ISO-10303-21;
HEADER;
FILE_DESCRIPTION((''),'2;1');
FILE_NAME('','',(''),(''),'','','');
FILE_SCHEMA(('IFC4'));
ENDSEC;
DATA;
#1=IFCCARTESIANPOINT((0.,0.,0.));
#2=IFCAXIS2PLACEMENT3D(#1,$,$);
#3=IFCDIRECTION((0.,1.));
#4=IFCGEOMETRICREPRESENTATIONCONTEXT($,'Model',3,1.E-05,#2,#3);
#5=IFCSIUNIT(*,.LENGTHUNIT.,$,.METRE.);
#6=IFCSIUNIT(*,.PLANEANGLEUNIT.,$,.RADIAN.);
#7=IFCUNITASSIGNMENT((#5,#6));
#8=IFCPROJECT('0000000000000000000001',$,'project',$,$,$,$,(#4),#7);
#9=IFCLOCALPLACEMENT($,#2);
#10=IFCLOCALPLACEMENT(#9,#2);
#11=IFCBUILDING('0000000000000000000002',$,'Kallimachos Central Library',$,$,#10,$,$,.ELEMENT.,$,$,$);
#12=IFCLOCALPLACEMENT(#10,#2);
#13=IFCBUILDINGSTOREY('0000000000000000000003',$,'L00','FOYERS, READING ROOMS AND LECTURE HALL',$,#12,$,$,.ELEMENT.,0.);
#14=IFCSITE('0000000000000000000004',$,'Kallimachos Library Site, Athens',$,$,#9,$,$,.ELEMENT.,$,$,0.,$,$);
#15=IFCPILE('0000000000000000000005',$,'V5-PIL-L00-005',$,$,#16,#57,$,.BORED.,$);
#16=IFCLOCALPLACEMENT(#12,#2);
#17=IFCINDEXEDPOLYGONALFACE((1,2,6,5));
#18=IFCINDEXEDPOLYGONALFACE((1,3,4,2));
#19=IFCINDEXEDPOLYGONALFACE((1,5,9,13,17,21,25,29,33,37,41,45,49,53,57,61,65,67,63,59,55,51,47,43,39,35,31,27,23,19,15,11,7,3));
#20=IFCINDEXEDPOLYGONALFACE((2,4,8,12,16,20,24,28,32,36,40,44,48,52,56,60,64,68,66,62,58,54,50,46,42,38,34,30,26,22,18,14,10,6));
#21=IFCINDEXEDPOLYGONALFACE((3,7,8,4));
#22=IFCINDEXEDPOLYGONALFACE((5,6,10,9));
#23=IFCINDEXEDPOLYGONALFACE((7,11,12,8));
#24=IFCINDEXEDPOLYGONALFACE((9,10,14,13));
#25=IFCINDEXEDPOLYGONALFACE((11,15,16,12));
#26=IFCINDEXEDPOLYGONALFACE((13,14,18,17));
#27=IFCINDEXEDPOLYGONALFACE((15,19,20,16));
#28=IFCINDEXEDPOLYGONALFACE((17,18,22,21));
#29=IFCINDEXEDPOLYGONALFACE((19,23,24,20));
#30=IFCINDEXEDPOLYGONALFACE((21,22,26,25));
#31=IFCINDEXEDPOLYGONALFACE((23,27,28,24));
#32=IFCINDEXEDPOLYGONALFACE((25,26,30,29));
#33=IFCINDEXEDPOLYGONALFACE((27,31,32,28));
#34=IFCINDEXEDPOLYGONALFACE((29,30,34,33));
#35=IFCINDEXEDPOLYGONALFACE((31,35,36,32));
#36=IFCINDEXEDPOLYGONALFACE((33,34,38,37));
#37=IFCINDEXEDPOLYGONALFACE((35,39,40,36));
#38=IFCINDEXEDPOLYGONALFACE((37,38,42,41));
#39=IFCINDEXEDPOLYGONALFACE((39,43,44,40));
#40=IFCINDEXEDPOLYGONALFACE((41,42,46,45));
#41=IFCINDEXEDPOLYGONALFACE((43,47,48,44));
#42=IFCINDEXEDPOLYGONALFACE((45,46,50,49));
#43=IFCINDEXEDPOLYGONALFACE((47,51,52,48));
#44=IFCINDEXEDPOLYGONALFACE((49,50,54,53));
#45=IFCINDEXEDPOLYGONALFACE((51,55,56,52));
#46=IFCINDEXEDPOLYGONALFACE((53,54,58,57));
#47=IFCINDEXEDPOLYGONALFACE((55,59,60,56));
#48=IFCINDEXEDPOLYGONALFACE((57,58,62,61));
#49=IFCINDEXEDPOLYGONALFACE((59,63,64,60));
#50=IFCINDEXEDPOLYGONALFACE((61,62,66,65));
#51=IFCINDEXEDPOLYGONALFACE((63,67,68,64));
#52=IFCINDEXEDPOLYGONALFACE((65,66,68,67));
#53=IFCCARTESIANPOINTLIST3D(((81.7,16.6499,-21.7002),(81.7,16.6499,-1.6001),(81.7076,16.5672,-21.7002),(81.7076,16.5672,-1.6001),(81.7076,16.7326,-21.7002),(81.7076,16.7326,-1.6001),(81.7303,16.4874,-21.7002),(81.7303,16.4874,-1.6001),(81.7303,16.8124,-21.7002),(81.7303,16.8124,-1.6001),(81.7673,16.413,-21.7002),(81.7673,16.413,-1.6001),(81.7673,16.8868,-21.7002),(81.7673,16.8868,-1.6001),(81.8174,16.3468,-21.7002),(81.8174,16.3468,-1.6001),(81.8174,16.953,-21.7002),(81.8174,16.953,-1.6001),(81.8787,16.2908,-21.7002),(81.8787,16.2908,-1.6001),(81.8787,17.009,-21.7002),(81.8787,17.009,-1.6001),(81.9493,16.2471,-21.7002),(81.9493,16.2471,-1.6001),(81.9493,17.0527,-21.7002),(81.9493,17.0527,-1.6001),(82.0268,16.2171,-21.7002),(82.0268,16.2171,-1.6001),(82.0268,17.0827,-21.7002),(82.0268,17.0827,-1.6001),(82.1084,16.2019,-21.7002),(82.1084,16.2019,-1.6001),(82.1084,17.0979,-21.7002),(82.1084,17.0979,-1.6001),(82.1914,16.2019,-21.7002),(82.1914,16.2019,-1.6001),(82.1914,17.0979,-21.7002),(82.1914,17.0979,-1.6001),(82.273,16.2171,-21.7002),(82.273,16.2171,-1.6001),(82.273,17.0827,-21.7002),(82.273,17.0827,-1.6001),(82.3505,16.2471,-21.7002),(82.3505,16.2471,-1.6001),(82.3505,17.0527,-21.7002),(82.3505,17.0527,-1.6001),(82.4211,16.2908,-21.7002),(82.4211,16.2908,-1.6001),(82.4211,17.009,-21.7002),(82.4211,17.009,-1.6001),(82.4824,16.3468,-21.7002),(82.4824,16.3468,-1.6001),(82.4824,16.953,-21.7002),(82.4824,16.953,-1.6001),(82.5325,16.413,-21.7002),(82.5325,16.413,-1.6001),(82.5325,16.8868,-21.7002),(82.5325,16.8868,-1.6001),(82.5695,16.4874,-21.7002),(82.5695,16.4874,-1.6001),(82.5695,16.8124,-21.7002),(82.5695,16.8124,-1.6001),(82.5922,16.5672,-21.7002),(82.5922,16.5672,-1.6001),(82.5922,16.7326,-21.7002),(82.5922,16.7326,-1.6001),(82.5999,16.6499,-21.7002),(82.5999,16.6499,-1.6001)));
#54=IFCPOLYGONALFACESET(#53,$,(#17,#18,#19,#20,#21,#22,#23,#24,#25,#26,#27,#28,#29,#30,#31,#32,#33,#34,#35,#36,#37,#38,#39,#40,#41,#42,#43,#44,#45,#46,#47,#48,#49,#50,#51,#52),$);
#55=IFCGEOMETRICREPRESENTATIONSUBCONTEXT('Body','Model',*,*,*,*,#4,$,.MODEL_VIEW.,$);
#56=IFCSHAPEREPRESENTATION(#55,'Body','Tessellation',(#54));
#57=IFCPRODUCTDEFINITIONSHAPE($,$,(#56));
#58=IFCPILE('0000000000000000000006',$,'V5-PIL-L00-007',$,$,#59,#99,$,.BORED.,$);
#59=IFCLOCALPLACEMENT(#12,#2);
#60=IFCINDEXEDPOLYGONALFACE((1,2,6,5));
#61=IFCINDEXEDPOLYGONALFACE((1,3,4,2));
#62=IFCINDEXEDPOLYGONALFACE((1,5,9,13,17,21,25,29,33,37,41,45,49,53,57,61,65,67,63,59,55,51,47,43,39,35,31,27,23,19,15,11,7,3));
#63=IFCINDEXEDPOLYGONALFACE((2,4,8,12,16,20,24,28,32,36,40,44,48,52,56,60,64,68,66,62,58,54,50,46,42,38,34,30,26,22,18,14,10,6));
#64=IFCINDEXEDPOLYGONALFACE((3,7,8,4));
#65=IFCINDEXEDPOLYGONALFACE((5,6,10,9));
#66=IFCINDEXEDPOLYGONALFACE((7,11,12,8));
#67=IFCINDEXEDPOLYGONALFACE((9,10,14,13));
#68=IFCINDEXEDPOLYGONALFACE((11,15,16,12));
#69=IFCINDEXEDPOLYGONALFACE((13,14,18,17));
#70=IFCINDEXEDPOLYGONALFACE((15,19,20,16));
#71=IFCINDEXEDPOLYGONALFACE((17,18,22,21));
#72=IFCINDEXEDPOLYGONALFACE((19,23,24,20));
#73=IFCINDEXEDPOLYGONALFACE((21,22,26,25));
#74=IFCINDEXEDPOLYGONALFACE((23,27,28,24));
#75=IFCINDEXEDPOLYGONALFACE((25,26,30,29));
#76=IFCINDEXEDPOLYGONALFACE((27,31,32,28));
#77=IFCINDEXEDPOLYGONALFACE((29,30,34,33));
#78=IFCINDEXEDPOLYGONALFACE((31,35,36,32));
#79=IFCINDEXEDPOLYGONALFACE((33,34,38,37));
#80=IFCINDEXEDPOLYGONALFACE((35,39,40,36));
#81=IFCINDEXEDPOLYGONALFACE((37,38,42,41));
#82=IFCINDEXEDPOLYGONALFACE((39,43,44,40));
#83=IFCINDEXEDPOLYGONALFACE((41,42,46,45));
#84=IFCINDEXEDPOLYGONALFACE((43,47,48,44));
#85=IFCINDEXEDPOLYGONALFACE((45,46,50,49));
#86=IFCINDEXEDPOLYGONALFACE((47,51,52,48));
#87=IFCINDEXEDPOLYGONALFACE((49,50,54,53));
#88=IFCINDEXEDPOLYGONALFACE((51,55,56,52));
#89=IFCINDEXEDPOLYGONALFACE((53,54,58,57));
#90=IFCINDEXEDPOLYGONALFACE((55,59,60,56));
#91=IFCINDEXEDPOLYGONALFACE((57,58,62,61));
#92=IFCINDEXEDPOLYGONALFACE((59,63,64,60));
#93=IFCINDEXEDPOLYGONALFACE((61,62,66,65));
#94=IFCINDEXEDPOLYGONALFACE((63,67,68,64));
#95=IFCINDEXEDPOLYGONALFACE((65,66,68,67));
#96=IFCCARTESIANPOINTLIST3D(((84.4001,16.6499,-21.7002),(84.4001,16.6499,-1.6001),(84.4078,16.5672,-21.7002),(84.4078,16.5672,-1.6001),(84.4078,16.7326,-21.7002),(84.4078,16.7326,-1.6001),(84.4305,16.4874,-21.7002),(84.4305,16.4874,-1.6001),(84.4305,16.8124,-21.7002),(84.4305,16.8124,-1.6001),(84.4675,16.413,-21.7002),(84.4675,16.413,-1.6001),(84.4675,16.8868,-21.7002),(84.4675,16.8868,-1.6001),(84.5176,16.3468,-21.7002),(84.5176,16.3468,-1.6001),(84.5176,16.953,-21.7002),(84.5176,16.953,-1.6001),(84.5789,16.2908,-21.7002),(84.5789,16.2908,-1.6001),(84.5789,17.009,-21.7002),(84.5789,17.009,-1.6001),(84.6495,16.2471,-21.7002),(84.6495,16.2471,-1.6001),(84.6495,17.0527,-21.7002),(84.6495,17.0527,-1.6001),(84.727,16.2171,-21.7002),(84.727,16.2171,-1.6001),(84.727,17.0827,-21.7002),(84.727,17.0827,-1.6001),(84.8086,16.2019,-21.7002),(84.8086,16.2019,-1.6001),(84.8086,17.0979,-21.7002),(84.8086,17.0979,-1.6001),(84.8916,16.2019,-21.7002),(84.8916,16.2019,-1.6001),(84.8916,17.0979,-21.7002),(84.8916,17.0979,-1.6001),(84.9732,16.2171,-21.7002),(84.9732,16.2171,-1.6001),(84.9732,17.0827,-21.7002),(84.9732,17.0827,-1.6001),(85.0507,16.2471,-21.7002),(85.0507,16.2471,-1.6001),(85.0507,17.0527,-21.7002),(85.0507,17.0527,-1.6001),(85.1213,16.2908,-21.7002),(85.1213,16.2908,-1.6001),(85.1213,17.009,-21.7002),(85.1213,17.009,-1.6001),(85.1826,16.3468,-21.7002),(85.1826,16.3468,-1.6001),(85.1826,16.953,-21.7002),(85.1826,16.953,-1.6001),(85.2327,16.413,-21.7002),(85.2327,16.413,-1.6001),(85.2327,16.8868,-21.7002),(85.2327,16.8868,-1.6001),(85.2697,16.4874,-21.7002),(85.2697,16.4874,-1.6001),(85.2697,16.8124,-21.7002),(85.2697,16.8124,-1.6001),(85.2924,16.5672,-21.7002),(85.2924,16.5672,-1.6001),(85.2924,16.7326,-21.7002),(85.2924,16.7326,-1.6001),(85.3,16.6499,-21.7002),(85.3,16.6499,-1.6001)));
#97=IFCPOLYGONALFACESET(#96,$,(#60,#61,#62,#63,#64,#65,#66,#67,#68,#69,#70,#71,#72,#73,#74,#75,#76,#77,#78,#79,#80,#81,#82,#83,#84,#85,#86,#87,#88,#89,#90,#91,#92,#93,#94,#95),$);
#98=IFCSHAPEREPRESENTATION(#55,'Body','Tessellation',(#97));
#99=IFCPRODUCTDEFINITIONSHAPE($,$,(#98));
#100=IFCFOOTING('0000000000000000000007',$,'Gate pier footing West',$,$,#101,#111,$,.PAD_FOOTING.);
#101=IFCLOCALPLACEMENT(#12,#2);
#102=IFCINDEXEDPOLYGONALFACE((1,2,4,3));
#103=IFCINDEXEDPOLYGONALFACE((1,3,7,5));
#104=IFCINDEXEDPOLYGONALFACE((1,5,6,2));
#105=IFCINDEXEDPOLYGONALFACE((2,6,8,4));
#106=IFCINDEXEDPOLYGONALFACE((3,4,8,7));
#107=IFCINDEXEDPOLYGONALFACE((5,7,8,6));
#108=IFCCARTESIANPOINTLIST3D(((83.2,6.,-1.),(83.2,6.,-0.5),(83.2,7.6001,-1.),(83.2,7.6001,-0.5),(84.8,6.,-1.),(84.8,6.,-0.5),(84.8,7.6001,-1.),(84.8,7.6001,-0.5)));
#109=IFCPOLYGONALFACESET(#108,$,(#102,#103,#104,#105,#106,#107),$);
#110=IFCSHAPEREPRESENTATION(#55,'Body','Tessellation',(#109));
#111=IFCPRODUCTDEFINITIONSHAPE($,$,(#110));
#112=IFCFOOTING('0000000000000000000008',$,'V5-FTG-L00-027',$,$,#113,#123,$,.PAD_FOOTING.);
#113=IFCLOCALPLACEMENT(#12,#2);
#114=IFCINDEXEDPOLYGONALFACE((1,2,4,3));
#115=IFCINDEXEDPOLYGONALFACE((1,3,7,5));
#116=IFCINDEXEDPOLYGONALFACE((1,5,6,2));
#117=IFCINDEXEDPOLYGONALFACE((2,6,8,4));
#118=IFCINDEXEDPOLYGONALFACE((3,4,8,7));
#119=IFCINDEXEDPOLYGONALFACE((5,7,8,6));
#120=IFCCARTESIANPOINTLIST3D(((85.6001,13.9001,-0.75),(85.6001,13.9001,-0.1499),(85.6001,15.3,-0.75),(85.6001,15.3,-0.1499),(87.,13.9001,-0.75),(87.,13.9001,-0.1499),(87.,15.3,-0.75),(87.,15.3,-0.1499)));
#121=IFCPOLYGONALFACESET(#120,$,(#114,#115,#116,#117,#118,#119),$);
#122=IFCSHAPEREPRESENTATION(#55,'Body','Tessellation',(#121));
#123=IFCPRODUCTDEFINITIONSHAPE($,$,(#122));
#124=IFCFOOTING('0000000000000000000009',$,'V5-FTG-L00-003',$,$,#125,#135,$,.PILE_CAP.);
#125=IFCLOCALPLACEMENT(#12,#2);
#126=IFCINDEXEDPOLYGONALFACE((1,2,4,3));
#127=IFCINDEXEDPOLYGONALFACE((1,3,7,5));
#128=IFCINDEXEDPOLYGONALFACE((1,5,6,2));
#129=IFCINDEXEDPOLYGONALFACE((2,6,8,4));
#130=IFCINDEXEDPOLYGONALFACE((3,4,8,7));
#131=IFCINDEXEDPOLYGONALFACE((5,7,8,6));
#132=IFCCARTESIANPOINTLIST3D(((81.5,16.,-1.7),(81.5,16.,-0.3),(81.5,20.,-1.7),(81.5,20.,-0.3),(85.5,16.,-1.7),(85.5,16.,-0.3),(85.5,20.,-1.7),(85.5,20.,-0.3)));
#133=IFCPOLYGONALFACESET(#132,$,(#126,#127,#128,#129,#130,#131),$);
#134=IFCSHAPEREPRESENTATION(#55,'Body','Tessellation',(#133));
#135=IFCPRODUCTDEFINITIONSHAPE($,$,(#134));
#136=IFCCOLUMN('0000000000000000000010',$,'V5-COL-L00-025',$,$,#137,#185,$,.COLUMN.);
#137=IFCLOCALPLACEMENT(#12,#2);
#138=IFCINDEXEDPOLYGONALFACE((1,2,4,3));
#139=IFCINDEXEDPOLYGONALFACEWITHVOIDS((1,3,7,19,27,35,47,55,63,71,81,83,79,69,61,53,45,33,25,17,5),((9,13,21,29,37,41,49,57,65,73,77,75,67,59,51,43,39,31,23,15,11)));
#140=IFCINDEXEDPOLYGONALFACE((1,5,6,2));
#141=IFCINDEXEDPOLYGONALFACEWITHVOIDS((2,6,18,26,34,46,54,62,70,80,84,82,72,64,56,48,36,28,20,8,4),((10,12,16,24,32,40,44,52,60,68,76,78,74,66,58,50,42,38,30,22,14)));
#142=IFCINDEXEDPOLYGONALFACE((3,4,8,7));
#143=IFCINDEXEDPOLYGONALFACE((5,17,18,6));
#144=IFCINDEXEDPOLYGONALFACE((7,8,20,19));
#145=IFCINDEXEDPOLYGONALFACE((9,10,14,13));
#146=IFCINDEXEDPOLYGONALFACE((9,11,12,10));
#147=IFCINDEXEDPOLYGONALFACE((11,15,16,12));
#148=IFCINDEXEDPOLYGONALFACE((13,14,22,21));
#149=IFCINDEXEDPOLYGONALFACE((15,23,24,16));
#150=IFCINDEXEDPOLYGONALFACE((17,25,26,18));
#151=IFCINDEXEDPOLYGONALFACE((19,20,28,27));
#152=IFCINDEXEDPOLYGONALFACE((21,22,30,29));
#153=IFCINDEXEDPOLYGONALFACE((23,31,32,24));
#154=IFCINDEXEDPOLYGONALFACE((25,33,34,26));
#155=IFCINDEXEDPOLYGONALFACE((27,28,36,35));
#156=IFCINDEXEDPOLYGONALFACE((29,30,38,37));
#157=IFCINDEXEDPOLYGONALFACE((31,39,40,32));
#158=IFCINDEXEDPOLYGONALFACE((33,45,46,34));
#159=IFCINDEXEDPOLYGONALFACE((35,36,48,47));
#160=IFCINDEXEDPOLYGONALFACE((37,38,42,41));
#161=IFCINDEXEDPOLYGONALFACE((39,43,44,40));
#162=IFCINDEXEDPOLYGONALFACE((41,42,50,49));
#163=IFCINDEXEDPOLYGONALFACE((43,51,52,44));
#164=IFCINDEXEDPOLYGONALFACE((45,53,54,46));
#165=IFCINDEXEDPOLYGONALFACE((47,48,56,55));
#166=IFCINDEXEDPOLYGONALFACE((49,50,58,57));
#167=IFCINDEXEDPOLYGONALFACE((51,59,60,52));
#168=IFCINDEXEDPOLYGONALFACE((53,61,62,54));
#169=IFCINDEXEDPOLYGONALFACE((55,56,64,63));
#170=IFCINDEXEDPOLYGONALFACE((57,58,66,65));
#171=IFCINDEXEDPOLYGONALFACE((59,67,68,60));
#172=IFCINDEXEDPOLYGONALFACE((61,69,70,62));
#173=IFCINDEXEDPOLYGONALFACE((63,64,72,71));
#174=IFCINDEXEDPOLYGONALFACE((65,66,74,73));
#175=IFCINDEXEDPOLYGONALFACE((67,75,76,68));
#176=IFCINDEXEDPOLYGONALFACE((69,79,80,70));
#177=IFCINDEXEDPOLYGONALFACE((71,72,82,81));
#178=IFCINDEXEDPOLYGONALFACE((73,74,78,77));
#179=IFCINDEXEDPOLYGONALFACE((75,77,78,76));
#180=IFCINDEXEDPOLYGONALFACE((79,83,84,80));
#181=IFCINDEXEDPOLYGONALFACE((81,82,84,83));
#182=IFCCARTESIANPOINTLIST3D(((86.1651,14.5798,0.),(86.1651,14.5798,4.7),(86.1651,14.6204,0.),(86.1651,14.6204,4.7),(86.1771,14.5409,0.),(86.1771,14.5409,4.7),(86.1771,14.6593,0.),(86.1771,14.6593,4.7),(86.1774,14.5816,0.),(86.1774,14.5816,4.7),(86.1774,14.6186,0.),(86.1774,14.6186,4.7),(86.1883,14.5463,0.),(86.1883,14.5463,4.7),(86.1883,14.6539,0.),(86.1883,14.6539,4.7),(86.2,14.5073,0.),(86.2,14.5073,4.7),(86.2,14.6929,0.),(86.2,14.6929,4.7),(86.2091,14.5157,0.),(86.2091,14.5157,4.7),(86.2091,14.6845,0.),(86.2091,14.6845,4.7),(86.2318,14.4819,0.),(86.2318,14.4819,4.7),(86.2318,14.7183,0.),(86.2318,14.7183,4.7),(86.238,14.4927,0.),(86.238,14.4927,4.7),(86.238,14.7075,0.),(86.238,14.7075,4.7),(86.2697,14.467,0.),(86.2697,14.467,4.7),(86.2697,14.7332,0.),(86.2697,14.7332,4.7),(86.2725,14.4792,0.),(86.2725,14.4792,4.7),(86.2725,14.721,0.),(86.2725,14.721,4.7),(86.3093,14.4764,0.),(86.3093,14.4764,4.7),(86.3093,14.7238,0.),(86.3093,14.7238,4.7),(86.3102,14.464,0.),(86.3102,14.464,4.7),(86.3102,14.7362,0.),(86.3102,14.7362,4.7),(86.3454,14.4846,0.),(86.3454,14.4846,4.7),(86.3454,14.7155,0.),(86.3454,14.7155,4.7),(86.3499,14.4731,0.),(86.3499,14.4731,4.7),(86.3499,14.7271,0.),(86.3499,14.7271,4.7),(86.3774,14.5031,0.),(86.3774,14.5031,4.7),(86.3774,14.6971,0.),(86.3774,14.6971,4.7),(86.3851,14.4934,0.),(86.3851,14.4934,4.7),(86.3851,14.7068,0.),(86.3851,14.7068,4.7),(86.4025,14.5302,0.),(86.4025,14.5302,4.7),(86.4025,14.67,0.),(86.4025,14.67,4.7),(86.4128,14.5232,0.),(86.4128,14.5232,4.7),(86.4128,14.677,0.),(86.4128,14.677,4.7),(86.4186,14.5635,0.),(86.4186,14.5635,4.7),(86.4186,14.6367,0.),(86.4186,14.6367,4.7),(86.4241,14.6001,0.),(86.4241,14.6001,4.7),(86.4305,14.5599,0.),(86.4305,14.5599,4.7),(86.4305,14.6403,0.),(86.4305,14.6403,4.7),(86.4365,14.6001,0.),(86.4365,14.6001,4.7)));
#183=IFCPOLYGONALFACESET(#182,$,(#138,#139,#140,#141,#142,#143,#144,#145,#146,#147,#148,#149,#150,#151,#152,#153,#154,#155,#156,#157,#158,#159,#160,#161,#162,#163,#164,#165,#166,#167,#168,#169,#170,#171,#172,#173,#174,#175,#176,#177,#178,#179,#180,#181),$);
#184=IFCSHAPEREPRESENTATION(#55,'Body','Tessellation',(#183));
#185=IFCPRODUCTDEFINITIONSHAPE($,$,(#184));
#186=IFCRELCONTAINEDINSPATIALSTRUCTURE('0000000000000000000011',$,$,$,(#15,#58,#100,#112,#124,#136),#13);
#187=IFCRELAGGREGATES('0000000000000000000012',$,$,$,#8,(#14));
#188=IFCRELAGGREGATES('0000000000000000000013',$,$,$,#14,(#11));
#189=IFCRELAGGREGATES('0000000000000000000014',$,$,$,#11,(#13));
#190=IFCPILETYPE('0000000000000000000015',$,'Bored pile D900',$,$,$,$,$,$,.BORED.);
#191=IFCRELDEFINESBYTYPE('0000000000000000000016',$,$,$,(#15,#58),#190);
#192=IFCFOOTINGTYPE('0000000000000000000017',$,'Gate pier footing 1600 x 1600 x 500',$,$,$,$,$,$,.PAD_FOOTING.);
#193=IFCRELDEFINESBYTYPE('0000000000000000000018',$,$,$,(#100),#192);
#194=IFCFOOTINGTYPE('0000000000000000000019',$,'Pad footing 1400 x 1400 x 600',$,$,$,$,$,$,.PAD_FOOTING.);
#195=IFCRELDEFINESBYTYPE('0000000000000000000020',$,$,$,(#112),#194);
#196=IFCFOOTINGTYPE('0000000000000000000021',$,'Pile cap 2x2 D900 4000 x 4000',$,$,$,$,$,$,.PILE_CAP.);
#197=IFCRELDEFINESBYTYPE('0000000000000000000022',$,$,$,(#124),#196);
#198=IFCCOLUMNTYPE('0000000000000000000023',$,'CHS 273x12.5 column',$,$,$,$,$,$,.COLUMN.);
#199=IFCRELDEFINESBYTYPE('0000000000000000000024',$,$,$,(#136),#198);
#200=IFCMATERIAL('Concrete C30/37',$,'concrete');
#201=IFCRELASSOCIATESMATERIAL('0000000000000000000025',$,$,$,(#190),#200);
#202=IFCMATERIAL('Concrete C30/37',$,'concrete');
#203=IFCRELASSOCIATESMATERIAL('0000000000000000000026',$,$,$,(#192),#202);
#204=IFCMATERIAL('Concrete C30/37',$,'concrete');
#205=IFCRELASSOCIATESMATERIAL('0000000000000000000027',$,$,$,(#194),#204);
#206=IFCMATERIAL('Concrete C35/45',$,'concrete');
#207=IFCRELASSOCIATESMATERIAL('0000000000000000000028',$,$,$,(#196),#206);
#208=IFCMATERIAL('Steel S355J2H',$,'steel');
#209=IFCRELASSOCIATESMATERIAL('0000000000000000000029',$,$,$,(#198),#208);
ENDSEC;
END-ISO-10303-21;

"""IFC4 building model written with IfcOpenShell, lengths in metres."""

from ifc_helpers import new_model, si_unit, direction, frame, origin, origin_2d, place, context, subcontext, project, spatial, rectangle, circle, hollow_circle, extrude, material, material_profile, profile_set, type_object, element, save


model = new_model("IFC4")

# Units and contexts
model_context = context("Model", 3, precision=1e-05, world=origin(), true_north=direction((0.0, 1.0)))
body_context = subcontext(model_context, "Body", "Model", "MODEL_VIEW")
ifc_project = project(units=[si_unit("LENGTHUNIT", "METRE"), si_unit("PLANEANGLEUNIT", "RADIAN")], contexts=[model_context])

# Site, building, storey
site_placement = place(None, origin())
site = spatial("IfcSite", under=ifc_project, at=site_placement, Name="Kallimachos Library Site, Athens", CompositionType="ELEMENT", RefElevation=0.0)
building_placement = place(site_placement, origin())
building = spatial("IfcBuilding", under=site, at=building_placement, Name="Kallimachos Central Library", CompositionType="ELEMENT")
storey_placement = place(building_placement, origin())
storey = spatial("IfcBuildingStorey", under=building, at=storey_placement, Name="L00", Description="FOYERS, READING ROOMS AND LECTURE HALL", CompositionType="ELEMENT", Elevation=0.0)

# Piles
ifc_material_1 = material(Name="Concrete C30/37", Category="concrete")
pile_type = type_object("IfcPileType", Name="Bored pile D900", PredefinedType="BORED", material=ifc_material_1)
for number, where, z_axis, x_axis, name in (
    (1, (82.1499, 16.6499, -1.6001), (0.0, 0.0, -1.0), (1.0, 0.0, 0.0), "V5-PIL-L00-005"),
    (2, (84.8501, 16.6499, -1.6001), (0.0, 0.0, -1.0), (1.0, 0.0, 0.0), "V5-PIL-L00-007"),
):
    element("IfcPile", number, at=place(storey_placement, frame(where, z_axis=z_axis, x_axis=x_axis)), inside=storey, type_object=pile_type, Name=name, PredefinedType="BORED", context=body_context, shape_type="SweptSolid", body=[
        extrude(circle(Radius=0.45, at=origin_2d()), origin(), (0.0, 0.0, 1.0), 20.1001),
    ])

# Footings
ifc_material_2 = material(Name="Concrete C30/37", Category="concrete")
footing_type_1 = type_object("IfcFootingType", Name="Gate pier footing 1600 x 1600 x 500", PredefinedType="PAD_FOOTING", material=ifc_material_2)
footing_1_placement = place(storey_placement, frame((84.0, 6.8, -1.0), z_axis=(0.0, 0.0, 1.0), x_axis=(1.0, 0.0, 0.0)))
element("IfcFooting", 3, at=footing_1_placement, inside=storey, type_object=footing_type_1, Name="Gate pier footing West", PredefinedType="PAD_FOOTING", context=body_context, shape_type="SweptSolid", body=[
    extrude(rectangle(XDim=1.6001, YDim=1.6001, at=origin_2d()), origin(), (0.0, 0.0, 1.0), 0.5),
])
ifc_material_3 = material(Name="Concrete C30/37", Category="concrete")
footing_type_2 = type_object("IfcFootingType", Name="Pad footing 1400 x 1400 x 600", PredefinedType="PAD_FOOTING", material=ifc_material_3)
footing_2_placement = place(storey_placement, frame((86.3, 14.6001, -0.75), z_axis=(0.0, 0.0, 1.0), x_axis=(1.0, 0.0, 0.0)))
element("IfcFooting", 4, at=footing_2_placement, inside=storey, type_object=footing_type_2, Name="V5-FTG-L00-027", PredefinedType="PAD_FOOTING", context=body_context, shape_type="SweptSolid", body=[
    extrude(rectangle(XDim=1.3999, YDim=1.3999, at=origin_2d()), origin(), (0.0, 0.0, 1.0), 0.6001),
])
ifc_material_4 = material(Name="Concrete C35/45", Category="concrete")
footing_type_3 = type_object("IfcFootingType", Name="Pile cap 2x2 D900 4000 x 4000", PredefinedType="PILE_CAP", material=ifc_material_4)
footing_3_placement = place(storey_placement, frame((83.5, 18.0, -1.7), z_axis=(0.0, 0.0, 1.0), x_axis=(1.0, 0.0, 0.0)))
element("IfcFooting", 5, at=footing_3_placement, inside=storey, type_object=footing_type_3, Name="V5-FTG-L00-003", PredefinedType="PILE_CAP", context=body_context, shape_type="SweptSolid", body=[
    extrude(rectangle(XDim=4.0, YDim=4.0, at=origin_2d()), origin(), (0.0, 0.0, 1.0), 1.3999),
])

# Column
ifc_material_5 = material(Name="Steel S355J2H", Category="steel")
ifc_material_profile_1 = material_profile(ifc_material_5, hollow_circle(Radius=0.1365, WallThickness=0.0125, at=origin_2d()), Name="CHS 273x12.5")
ifc_profile_set_1 = profile_set([ifc_material_profile_1], Name="Steel S355J2H")
column_type_1 = type_object("IfcColumnType", Name="CHS 273x12.5 column", PredefinedType="COLUMN", material=ifc_profile_set_1)
column_1_placement = place(storey_placement, frame((86.3, 14.6001, 0.0), z_axis=(0.0, 0.0, 1.0), x_axis=(1.0, 0.0, 0.0)))
element("IfcColumn", 6, at=column_1_placement, inside=storey, type_object=column_type_1, Name="V5-COL-L00-025", PredefinedType="COLUMN", context=body_context, shape_type="SweptSolid", body=[
    extrude(hollow_circle(Radius=0.1365, WallThickness=0.0125, at=origin_2d()), origin(), (0.0, 0.0, 1.0), 4.7),
])

save(model, "model.ifc")
